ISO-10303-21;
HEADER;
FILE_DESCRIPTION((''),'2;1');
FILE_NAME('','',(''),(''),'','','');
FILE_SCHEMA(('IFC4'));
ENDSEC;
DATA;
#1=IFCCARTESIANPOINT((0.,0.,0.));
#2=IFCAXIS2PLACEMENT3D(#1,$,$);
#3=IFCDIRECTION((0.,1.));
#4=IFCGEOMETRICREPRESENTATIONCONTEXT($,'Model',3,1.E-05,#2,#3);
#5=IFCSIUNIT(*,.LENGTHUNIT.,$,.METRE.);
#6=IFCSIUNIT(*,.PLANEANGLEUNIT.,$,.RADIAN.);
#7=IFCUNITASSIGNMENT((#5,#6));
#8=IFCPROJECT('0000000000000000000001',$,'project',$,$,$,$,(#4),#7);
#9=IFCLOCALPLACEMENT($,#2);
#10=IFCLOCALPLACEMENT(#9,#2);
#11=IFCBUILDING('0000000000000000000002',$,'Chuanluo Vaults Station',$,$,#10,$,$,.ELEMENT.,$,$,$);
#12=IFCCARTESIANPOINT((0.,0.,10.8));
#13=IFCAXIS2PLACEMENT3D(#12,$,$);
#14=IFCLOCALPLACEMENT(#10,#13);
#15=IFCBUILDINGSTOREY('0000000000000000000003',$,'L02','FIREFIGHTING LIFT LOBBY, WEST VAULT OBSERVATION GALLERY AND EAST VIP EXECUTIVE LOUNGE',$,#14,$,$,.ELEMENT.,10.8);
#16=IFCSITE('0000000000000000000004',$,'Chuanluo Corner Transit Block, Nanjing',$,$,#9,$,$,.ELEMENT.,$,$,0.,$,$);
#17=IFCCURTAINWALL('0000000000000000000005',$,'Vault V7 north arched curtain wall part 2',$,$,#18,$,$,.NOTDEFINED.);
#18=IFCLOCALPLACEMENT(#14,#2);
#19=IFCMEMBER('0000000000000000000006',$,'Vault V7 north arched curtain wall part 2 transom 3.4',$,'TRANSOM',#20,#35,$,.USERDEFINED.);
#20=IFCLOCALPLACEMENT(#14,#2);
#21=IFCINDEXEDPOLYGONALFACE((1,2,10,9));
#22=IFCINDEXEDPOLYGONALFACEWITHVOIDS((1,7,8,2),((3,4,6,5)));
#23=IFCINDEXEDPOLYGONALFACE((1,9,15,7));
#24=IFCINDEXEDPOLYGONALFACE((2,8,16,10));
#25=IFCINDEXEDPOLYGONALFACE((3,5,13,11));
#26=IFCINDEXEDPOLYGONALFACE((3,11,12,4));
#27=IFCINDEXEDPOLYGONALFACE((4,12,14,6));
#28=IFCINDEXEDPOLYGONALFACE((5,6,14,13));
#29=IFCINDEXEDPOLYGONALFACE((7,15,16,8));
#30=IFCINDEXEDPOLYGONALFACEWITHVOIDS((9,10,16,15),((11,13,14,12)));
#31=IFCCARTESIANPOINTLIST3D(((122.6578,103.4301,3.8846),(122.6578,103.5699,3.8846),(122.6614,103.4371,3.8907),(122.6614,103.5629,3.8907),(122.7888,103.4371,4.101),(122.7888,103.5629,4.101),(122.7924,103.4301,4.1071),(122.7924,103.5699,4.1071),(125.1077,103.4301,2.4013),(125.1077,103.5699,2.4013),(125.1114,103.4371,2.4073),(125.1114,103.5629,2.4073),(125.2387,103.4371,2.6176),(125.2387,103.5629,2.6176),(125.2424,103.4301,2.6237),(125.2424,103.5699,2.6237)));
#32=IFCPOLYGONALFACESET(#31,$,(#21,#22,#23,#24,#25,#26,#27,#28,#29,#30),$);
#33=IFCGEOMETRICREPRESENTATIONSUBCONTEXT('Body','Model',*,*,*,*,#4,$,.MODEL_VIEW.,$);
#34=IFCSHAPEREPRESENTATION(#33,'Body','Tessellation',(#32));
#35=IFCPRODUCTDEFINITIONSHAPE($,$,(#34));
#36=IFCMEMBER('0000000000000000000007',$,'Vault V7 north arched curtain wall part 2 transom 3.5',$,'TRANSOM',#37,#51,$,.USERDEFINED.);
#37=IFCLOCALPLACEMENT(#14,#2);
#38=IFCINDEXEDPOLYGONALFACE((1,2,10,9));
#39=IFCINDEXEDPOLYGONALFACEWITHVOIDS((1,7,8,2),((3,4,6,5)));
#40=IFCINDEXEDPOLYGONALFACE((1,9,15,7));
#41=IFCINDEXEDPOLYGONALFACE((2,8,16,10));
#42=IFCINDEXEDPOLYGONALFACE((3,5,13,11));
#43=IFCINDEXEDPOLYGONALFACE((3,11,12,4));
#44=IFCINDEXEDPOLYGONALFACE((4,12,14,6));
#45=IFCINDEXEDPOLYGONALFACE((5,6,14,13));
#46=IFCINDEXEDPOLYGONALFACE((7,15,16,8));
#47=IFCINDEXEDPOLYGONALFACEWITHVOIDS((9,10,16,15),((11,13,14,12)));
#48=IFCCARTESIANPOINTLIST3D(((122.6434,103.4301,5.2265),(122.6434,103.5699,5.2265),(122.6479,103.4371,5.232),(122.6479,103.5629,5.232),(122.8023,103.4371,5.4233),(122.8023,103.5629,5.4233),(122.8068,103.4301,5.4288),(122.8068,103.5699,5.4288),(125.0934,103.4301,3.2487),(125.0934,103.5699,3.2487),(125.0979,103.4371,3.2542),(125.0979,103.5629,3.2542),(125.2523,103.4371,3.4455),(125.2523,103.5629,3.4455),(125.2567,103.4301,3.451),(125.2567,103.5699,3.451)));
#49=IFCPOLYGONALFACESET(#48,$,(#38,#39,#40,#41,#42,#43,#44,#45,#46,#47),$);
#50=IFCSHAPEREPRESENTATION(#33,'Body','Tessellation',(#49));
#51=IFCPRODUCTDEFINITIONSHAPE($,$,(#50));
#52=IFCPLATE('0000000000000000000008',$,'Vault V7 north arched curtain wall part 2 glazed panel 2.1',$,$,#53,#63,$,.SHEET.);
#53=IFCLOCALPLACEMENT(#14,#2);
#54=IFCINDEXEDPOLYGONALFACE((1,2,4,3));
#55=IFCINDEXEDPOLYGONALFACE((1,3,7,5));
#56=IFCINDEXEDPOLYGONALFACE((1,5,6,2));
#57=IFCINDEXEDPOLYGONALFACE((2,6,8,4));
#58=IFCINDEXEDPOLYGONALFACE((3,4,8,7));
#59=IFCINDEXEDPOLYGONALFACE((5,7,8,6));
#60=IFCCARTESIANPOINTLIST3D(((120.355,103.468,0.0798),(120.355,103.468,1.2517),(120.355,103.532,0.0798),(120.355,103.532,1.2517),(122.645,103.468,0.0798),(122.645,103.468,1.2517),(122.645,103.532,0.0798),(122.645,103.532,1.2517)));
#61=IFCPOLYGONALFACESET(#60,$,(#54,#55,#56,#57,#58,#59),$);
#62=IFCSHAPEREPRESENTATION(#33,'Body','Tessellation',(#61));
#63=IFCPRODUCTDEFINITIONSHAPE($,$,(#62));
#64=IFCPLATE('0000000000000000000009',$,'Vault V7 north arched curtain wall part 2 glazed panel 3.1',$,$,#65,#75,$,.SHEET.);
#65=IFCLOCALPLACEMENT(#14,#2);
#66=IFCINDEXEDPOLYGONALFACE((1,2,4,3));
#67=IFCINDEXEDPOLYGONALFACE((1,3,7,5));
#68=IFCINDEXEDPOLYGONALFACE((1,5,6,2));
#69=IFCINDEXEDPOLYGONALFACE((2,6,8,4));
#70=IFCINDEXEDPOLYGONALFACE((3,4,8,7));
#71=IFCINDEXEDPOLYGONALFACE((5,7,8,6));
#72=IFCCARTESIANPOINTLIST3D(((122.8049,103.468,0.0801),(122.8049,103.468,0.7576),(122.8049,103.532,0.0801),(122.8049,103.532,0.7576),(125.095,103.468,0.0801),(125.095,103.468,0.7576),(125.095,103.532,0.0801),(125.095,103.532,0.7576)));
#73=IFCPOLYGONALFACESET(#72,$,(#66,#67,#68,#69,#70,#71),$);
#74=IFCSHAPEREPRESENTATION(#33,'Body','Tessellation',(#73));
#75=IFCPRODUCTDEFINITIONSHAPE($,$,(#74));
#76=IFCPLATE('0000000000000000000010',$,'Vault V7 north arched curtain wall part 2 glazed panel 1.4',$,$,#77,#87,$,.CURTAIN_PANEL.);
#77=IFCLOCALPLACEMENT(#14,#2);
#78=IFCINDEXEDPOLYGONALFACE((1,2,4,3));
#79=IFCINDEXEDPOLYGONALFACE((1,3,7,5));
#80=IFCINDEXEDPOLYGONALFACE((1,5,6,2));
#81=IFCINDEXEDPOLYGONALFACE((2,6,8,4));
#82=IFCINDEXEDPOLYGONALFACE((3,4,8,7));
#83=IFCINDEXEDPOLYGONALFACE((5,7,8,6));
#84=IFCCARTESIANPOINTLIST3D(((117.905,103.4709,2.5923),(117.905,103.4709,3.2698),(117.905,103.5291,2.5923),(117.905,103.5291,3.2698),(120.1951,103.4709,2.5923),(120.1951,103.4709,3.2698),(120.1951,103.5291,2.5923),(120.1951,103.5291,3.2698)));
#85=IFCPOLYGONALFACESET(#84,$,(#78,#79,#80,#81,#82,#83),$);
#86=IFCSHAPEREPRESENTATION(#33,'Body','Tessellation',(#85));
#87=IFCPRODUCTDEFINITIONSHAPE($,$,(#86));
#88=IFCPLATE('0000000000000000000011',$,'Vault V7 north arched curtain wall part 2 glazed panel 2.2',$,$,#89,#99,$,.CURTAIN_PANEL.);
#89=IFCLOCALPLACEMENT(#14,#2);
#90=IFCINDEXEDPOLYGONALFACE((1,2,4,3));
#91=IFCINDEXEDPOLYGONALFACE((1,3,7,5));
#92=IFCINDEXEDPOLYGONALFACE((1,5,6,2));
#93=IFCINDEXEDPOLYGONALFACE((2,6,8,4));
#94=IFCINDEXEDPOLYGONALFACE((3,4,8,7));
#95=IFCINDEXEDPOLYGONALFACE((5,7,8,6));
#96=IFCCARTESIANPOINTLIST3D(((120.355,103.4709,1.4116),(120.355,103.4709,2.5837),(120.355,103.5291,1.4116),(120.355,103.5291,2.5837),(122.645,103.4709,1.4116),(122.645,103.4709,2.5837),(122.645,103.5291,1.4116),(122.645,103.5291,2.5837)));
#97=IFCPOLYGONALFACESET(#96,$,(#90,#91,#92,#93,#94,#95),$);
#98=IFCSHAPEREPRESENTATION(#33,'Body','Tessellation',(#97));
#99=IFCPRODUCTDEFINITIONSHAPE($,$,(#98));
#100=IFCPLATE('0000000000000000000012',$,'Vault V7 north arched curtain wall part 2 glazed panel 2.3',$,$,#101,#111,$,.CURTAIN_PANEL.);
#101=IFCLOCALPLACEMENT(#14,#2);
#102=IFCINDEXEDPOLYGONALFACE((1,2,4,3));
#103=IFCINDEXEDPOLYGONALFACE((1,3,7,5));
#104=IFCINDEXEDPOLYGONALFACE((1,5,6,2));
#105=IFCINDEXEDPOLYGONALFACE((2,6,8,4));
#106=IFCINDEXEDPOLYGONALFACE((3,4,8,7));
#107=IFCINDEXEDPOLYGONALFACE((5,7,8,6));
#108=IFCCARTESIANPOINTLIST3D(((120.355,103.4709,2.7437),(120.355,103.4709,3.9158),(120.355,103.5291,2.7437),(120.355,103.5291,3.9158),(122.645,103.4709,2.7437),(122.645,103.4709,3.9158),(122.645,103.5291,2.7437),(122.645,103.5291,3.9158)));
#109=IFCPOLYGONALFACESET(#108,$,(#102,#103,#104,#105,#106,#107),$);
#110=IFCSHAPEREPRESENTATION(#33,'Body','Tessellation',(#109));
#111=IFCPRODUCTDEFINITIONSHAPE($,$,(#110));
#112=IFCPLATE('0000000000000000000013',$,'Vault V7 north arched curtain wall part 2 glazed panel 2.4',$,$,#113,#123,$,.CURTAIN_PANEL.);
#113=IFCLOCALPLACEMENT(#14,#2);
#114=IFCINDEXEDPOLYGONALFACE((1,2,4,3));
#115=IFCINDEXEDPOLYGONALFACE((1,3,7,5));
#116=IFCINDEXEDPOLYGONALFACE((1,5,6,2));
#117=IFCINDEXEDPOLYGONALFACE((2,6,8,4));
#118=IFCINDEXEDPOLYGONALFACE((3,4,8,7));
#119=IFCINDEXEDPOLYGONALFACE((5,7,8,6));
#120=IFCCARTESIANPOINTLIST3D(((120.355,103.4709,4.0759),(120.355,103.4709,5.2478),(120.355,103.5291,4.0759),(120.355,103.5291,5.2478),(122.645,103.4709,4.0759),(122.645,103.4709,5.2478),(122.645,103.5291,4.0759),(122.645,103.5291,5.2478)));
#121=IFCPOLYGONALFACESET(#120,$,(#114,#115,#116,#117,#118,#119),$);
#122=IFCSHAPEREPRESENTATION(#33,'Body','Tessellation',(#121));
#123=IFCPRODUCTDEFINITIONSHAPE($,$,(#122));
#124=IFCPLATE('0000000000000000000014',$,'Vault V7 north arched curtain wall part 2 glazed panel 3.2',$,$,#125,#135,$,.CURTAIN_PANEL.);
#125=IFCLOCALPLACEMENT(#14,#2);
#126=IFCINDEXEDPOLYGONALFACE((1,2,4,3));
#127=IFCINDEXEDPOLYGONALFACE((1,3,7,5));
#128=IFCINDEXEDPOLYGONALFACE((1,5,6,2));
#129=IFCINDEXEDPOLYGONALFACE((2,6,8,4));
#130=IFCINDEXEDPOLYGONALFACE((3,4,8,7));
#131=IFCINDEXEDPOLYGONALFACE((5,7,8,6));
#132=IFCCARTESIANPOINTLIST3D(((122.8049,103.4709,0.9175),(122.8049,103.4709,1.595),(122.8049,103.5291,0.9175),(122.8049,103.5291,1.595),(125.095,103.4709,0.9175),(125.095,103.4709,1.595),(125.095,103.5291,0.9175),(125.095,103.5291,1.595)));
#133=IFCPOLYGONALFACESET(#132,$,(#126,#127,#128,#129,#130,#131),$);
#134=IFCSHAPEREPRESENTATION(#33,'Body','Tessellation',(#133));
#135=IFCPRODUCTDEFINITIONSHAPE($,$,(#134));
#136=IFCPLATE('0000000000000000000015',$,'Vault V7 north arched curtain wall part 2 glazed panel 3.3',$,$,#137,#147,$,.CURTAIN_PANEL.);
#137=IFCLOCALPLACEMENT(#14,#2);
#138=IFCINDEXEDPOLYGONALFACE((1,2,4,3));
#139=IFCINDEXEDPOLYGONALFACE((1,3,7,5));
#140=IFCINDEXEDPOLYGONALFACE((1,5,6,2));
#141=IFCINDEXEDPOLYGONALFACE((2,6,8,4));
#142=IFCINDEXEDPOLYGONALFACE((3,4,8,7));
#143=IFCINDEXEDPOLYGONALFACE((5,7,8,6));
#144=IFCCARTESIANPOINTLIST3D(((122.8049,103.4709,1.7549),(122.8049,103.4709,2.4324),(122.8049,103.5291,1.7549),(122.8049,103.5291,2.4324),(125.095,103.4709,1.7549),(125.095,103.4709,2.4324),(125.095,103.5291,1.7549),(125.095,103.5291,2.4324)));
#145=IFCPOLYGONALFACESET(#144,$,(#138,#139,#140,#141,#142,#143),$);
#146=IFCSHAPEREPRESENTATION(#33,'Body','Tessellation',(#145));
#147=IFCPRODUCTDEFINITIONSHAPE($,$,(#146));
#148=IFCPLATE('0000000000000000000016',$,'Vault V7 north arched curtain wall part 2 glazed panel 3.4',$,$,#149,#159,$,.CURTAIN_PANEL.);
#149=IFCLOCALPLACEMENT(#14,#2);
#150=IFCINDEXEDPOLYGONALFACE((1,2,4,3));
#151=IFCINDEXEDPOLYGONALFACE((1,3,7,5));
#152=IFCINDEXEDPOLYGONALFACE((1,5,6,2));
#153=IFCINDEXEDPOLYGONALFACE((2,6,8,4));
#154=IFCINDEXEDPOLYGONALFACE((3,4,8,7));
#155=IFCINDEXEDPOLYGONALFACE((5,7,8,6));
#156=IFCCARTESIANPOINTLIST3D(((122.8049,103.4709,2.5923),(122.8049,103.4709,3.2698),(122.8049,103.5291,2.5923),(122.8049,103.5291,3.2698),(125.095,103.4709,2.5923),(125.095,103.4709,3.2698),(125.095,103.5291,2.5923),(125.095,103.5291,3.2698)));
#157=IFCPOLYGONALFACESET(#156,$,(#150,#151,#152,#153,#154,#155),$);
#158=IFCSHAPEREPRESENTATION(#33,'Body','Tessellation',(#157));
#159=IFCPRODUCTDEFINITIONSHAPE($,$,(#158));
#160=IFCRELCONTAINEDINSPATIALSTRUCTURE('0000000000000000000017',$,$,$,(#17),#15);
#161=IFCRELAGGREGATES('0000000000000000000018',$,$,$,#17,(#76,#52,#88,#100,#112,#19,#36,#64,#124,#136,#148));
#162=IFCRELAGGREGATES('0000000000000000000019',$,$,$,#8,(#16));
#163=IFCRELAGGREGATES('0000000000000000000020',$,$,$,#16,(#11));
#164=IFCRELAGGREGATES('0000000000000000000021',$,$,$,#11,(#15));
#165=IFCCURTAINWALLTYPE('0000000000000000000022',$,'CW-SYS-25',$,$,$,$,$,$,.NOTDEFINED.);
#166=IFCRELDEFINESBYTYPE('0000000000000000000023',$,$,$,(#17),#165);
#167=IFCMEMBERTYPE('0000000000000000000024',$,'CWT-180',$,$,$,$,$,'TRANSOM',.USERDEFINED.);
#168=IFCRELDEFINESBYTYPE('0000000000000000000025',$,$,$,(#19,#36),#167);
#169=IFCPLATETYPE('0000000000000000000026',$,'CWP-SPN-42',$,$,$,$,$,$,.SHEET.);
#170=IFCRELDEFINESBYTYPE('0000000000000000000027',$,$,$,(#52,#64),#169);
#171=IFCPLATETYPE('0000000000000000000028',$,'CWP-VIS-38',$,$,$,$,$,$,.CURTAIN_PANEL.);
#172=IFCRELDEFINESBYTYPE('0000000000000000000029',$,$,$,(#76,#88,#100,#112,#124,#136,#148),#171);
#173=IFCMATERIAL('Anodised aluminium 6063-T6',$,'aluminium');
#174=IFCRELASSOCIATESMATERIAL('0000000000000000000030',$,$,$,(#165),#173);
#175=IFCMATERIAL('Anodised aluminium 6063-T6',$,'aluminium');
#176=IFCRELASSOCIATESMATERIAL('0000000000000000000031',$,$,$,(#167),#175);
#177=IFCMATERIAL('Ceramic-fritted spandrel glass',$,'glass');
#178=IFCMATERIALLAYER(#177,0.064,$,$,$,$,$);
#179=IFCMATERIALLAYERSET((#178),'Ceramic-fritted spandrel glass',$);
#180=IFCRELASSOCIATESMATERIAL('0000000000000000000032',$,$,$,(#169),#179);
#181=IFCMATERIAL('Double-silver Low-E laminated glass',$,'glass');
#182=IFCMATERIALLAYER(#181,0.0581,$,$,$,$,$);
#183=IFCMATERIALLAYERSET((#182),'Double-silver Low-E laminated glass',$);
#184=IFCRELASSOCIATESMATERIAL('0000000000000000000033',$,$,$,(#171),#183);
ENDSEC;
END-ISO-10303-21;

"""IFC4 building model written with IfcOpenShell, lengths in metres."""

from ifc_helpers import new_model, si_unit, direction, frame, origin, origin_2d, place, context, subcontext, project, spatial, rectangle, hollow_rectangle, extrude, material, layer, layer_set, material_profile, profile_set, type_object, element, aggregate, save


model = new_model("IFC4")

# Units and contexts
model_context = context("Model", 3, precision=1e-05, world=origin(), true_north=direction((0.0, 1.0)))
body_context = subcontext(model_context, "Body", "Model", "MODEL_VIEW")
ifc_project = project(units=[si_unit("LENGTHUNIT", "METRE"), si_unit("PLANEANGLEUNIT", "RADIAN")], contexts=[model_context])

# Site, building, storey
site_placement = place(None, origin())
site = spatial("IfcSite", under=ifc_project, at=site_placement, Name="Chuanluo Corner Transit Block, Nanjing", CompositionType="ELEMENT", RefElevation=0.0)
building_placement = place(site_placement, origin())
building = spatial("IfcBuilding", under=site, at=building_placement, Name="Chuanluo Vaults Station", CompositionType="ELEMENT")
storey_placement = place(building_placement, frame((0.0, 0.0, 10.8)))
storey = spatial("IfcBuildingStorey", under=building, at=storey_placement, Name="L02", Description="FIREFIGHTING LIFT LOBBY, WEST VAULT OBSERVATION GALLERY AND EAST VIP EXECUTIVE LOUNGE", CompositionType="ELEMENT", Elevation=10.8)

# Curtain wall, members, plates
ifc_material_1 = material(Name="Anodised aluminium 6063-T6", Category="aluminium")
curtain_wall_type = type_object("IfcCurtainWallType", Name="CW-SYS-25", PredefinedType="NOTDEFINED", material=ifc_material_1)
curtain_wall_placement = place(storey_placement, origin())
curtain_wall = element("IfcCurtainWall", 1, at=curtain_wall_placement, inside=storey, type_object=curtain_wall_type, Name="Vault V7 north arched curtain wall part 2", PredefinedType="NOTDEFINED")
ifc_material_2 = material(Name="Anodised aluminium 6063-T6", Category="aluminium")
ifc_material_profile_1 = material_profile(ifc_material_2, hollow_rectangle(XDim=0.1399, YDim=0.26, WallThickness=0.0071, at=origin_2d()))
ifc_profile_set_1 = profile_set([ifc_material_profile_1], Name="Anodised aluminium 6063-T6")
member_type_1 = type_object("IfcMemberType", Name="CWT-180", ElementType="TRANSOM", PredefinedType="USERDEFINED", material=ifc_profile_set_1)
member_1_placement = place(storey_placement, frame((122.7251, 103.5, 3.9958), z_axis=(0.855418, 0.0, -0.517939), x_axis=(0.0, 1.0, 0.0)))
member_1 = element("IfcMember", 2, at=member_1_placement, type_object=member_type_1, Name="Vault V7 north arched curtain wall part 2 transom 3.4", ObjectType="TRANSOM", PredefinedType="USERDEFINED", context=body_context, shape_type="SweptSolid", body=[
    extrude(hollow_rectangle(XDim=0.1399, YDim=0.26, WallThickness=0.0071, at=origin_2d()), origin(), (0.0, 0.0, 1.0), 2.864),
])
member_2_placement = place(storey_placement, frame((122.7251, 103.5, 5.3276), z_axis=(0.7781, 0.0, -0.62814), x_axis=(0.0, 1.0, 0.0)))
member_2 = element("IfcMember", 3, at=member_2_placement, type_object=member_type_1, Name="Vault V7 north arched curtain wall part 2 transom 3.5", ObjectType="TRANSOM", PredefinedType="USERDEFINED", context=body_context, shape_type="SweptSolid", body=[
    extrude(hollow_rectangle(XDim=0.1399, YDim=0.26, WallThickness=0.0071, at=origin_2d()), origin(), (0.0, 0.0, 1.0), 3.1487),
])
ifc_material_3 = material(Name="Ceramic-fritted spandrel glass", Category="glass")
ifc_layer_1 = layer(ifc_material_3, 0.064)
ifc_layer_set_1 = layer_set([ifc_layer_1], Name="Ceramic-fritted spandrel glass")
plate_type_1 = type_object("IfcPlateType", Name="CWP-SPN-42", PredefinedType="SHEET", material=ifc_layer_set_1)
plate_1_placement = place(storey_placement, frame((121.5, 103.5, 0.0798), z_axis=(0.0, 0.0, 1.0), x_axis=(1.0, 0.0, 0.0)))
plate_1 = element("IfcPlate", 4, at=plate_1_placement, type_object=plate_type_1, Name="Vault V7 north arched curtain wall part 2 glazed panel 2.1", PredefinedType="SHEET", context=body_context, shape_type="SweptSolid", body=[
    extrude(rectangle(XDim=2.29, YDim=0.064, at=origin_2d()), origin(), (0.0, 0.0, 1.0), 1.1719),
])
plate_2_placement = place(storey_placement, frame((123.95, 103.5, 0.0801), z_axis=(0.0, 0.0, 1.0), x_axis=(1.0, 0.0, 0.0)))
plate_2 = element("IfcPlate", 5, at=plate_2_placement, type_object=plate_type_1, Name="Vault V7 north arched curtain wall part 2 glazed panel 3.1", PredefinedType="SHEET", context=body_context, shape_type="SweptSolid", body=[
    extrude(rectangle(XDim=2.29, YDim=0.064, at=origin_2d()), origin(), (0.0, 0.0, 1.0), 0.6775),
])
ifc_material_4 = material(Name="Double-silver Low-E laminated glass", Category="glass")
ifc_layer_2 = layer(ifc_material_4, 0.0581)
ifc_layer_set_2 = layer_set([ifc_layer_2], Name="Double-silver Low-E laminated glass")
plate_type_2 = type_object("IfcPlateType", Name="CWP-VIS-38", PredefinedType="CURTAIN_PANEL", material=ifc_layer_set_2)
plate_3_placement = place(storey_placement, frame((119.05, 103.5, 2.5923), z_axis=(0.0, 0.0, 1.0), x_axis=(1.0, 0.0, 0.0)))
plate_3 = element("IfcPlate", 6, at=plate_3_placement, type_object=plate_type_2, Name="Vault V7 north arched curtain wall part 2 glazed panel 1.4", PredefinedType="CURTAIN_PANEL", context=body_context, shape_type="SweptSolid", body=[
    extrude(rectangle(XDim=2.29, YDim=0.0581, at=origin_2d()), origin(), (0.0, 0.0, 1.0), 0.6775),
])
plate_4_placement = place(storey_placement, frame((121.5, 103.5, 1.4116), z_axis=(0.0, 0.0, 1.0), x_axis=(1.0, 0.0, 0.0)))
plate_4 = element("IfcPlate", 7, at=plate_4_placement, type_object=plate_type_2, Name="Vault V7 north arched curtain wall part 2 glazed panel 2.2", PredefinedType="CURTAIN_PANEL", context=body_context, shape_type="SweptSolid", body=[
    extrude(rectangle(XDim=2.29, YDim=0.0581, at=origin_2d()), origin(), (0.0, 0.0, 1.0), 1.1721),
])
plate_5_placement = place(storey_placement, frame((121.5, 103.5, 2.7437), z_axis=(0.0, 0.0, 1.0), x_axis=(1.0, 0.0, 0.0)))
plate_5 = element("IfcPlate", 8, at=plate_5_placement, type_object=plate_type_2, Name="Vault V7 north arched curtain wall part 2 glazed panel 2.3", PredefinedType="CURTAIN_PANEL", context=body_context, shape_type="SweptSolid", body=[
    extrude(rectangle(XDim=2.29, YDim=0.0581, at=origin_2d()), origin(), (0.0, 0.0, 1.0), 1.1721),
])
plate_6_placement = place(storey_placement, frame((121.5, 103.5, 4.0759), z_axis=(0.0, 0.0, 1.0), x_axis=(1.0, 0.0, 0.0)))
plate_6 = element("IfcPlate", 9, at=plate_6_placement, type_object=plate_type_2, Name="Vault V7 north arched curtain wall part 2 glazed panel 2.4", PredefinedType="CURTAIN_PANEL", context=body_context, shape_type="SweptSolid", body=[
    extrude(rectangle(XDim=2.29, YDim=0.0581, at=origin_2d()), origin(), (0.0, 0.0, 1.0), 1.1719),
])
plate_7_placement = place(storey_placement, frame((123.95, 103.5, 0.9175), z_axis=(0.0, 0.0, 1.0), x_axis=(1.0, 0.0, 0.0)))
plate_7 = element("IfcPlate", 10, at=plate_7_placement, type_object=plate_type_2, Name="Vault V7 north arched curtain wall part 2 glazed panel 3.2", PredefinedType="CURTAIN_PANEL", context=body_context, shape_type="SweptSolid", body=[
    extrude(rectangle(XDim=2.29, YDim=0.0581, at=origin_2d()), origin(), (0.0, 0.0, 1.0), 0.6775),
])
plate_8_placement = place(storey_placement, frame((123.95, 103.5, 1.7549), z_axis=(0.0, 0.0, 1.0), x_axis=(1.0, 0.0, 0.0)))
plate_8 = element("IfcPlate", 11, at=plate_8_placement, type_object=plate_type_2, Name="Vault V7 north arched curtain wall part 2 glazed panel 3.3", PredefinedType="CURTAIN_PANEL", context=body_context, shape_type="SweptSolid", body=[
    extrude(rectangle(XDim=2.29, YDim=0.0581, at=origin_2d()), origin(), (0.0, 0.0, 1.0), 0.6775),
])
plate_9_placement = place(storey_placement, frame((123.95, 103.5, 2.5923), z_axis=(0.0, 0.0, 1.0), x_axis=(1.0, 0.0, 0.0)))
plate_9 = element("IfcPlate", 12, at=plate_9_placement, type_object=plate_type_2, Name="Vault V7 north arched curtain wall part 2 glazed panel 3.4", PredefinedType="CURTAIN_PANEL", context=body_context, shape_type="SweptSolid", body=[
    extrude(rectangle(XDim=2.29, YDim=0.0581, at=origin_2d()), origin(), (0.0, 0.0, 1.0), 0.6775),
])
aggregate(curtain_wall, [plate_3, plate_1, plate_4, plate_5, plate_6, member_1, member_2, plate_2, plate_7, plate_8, plate_9])

save(model, "model.ifc")
